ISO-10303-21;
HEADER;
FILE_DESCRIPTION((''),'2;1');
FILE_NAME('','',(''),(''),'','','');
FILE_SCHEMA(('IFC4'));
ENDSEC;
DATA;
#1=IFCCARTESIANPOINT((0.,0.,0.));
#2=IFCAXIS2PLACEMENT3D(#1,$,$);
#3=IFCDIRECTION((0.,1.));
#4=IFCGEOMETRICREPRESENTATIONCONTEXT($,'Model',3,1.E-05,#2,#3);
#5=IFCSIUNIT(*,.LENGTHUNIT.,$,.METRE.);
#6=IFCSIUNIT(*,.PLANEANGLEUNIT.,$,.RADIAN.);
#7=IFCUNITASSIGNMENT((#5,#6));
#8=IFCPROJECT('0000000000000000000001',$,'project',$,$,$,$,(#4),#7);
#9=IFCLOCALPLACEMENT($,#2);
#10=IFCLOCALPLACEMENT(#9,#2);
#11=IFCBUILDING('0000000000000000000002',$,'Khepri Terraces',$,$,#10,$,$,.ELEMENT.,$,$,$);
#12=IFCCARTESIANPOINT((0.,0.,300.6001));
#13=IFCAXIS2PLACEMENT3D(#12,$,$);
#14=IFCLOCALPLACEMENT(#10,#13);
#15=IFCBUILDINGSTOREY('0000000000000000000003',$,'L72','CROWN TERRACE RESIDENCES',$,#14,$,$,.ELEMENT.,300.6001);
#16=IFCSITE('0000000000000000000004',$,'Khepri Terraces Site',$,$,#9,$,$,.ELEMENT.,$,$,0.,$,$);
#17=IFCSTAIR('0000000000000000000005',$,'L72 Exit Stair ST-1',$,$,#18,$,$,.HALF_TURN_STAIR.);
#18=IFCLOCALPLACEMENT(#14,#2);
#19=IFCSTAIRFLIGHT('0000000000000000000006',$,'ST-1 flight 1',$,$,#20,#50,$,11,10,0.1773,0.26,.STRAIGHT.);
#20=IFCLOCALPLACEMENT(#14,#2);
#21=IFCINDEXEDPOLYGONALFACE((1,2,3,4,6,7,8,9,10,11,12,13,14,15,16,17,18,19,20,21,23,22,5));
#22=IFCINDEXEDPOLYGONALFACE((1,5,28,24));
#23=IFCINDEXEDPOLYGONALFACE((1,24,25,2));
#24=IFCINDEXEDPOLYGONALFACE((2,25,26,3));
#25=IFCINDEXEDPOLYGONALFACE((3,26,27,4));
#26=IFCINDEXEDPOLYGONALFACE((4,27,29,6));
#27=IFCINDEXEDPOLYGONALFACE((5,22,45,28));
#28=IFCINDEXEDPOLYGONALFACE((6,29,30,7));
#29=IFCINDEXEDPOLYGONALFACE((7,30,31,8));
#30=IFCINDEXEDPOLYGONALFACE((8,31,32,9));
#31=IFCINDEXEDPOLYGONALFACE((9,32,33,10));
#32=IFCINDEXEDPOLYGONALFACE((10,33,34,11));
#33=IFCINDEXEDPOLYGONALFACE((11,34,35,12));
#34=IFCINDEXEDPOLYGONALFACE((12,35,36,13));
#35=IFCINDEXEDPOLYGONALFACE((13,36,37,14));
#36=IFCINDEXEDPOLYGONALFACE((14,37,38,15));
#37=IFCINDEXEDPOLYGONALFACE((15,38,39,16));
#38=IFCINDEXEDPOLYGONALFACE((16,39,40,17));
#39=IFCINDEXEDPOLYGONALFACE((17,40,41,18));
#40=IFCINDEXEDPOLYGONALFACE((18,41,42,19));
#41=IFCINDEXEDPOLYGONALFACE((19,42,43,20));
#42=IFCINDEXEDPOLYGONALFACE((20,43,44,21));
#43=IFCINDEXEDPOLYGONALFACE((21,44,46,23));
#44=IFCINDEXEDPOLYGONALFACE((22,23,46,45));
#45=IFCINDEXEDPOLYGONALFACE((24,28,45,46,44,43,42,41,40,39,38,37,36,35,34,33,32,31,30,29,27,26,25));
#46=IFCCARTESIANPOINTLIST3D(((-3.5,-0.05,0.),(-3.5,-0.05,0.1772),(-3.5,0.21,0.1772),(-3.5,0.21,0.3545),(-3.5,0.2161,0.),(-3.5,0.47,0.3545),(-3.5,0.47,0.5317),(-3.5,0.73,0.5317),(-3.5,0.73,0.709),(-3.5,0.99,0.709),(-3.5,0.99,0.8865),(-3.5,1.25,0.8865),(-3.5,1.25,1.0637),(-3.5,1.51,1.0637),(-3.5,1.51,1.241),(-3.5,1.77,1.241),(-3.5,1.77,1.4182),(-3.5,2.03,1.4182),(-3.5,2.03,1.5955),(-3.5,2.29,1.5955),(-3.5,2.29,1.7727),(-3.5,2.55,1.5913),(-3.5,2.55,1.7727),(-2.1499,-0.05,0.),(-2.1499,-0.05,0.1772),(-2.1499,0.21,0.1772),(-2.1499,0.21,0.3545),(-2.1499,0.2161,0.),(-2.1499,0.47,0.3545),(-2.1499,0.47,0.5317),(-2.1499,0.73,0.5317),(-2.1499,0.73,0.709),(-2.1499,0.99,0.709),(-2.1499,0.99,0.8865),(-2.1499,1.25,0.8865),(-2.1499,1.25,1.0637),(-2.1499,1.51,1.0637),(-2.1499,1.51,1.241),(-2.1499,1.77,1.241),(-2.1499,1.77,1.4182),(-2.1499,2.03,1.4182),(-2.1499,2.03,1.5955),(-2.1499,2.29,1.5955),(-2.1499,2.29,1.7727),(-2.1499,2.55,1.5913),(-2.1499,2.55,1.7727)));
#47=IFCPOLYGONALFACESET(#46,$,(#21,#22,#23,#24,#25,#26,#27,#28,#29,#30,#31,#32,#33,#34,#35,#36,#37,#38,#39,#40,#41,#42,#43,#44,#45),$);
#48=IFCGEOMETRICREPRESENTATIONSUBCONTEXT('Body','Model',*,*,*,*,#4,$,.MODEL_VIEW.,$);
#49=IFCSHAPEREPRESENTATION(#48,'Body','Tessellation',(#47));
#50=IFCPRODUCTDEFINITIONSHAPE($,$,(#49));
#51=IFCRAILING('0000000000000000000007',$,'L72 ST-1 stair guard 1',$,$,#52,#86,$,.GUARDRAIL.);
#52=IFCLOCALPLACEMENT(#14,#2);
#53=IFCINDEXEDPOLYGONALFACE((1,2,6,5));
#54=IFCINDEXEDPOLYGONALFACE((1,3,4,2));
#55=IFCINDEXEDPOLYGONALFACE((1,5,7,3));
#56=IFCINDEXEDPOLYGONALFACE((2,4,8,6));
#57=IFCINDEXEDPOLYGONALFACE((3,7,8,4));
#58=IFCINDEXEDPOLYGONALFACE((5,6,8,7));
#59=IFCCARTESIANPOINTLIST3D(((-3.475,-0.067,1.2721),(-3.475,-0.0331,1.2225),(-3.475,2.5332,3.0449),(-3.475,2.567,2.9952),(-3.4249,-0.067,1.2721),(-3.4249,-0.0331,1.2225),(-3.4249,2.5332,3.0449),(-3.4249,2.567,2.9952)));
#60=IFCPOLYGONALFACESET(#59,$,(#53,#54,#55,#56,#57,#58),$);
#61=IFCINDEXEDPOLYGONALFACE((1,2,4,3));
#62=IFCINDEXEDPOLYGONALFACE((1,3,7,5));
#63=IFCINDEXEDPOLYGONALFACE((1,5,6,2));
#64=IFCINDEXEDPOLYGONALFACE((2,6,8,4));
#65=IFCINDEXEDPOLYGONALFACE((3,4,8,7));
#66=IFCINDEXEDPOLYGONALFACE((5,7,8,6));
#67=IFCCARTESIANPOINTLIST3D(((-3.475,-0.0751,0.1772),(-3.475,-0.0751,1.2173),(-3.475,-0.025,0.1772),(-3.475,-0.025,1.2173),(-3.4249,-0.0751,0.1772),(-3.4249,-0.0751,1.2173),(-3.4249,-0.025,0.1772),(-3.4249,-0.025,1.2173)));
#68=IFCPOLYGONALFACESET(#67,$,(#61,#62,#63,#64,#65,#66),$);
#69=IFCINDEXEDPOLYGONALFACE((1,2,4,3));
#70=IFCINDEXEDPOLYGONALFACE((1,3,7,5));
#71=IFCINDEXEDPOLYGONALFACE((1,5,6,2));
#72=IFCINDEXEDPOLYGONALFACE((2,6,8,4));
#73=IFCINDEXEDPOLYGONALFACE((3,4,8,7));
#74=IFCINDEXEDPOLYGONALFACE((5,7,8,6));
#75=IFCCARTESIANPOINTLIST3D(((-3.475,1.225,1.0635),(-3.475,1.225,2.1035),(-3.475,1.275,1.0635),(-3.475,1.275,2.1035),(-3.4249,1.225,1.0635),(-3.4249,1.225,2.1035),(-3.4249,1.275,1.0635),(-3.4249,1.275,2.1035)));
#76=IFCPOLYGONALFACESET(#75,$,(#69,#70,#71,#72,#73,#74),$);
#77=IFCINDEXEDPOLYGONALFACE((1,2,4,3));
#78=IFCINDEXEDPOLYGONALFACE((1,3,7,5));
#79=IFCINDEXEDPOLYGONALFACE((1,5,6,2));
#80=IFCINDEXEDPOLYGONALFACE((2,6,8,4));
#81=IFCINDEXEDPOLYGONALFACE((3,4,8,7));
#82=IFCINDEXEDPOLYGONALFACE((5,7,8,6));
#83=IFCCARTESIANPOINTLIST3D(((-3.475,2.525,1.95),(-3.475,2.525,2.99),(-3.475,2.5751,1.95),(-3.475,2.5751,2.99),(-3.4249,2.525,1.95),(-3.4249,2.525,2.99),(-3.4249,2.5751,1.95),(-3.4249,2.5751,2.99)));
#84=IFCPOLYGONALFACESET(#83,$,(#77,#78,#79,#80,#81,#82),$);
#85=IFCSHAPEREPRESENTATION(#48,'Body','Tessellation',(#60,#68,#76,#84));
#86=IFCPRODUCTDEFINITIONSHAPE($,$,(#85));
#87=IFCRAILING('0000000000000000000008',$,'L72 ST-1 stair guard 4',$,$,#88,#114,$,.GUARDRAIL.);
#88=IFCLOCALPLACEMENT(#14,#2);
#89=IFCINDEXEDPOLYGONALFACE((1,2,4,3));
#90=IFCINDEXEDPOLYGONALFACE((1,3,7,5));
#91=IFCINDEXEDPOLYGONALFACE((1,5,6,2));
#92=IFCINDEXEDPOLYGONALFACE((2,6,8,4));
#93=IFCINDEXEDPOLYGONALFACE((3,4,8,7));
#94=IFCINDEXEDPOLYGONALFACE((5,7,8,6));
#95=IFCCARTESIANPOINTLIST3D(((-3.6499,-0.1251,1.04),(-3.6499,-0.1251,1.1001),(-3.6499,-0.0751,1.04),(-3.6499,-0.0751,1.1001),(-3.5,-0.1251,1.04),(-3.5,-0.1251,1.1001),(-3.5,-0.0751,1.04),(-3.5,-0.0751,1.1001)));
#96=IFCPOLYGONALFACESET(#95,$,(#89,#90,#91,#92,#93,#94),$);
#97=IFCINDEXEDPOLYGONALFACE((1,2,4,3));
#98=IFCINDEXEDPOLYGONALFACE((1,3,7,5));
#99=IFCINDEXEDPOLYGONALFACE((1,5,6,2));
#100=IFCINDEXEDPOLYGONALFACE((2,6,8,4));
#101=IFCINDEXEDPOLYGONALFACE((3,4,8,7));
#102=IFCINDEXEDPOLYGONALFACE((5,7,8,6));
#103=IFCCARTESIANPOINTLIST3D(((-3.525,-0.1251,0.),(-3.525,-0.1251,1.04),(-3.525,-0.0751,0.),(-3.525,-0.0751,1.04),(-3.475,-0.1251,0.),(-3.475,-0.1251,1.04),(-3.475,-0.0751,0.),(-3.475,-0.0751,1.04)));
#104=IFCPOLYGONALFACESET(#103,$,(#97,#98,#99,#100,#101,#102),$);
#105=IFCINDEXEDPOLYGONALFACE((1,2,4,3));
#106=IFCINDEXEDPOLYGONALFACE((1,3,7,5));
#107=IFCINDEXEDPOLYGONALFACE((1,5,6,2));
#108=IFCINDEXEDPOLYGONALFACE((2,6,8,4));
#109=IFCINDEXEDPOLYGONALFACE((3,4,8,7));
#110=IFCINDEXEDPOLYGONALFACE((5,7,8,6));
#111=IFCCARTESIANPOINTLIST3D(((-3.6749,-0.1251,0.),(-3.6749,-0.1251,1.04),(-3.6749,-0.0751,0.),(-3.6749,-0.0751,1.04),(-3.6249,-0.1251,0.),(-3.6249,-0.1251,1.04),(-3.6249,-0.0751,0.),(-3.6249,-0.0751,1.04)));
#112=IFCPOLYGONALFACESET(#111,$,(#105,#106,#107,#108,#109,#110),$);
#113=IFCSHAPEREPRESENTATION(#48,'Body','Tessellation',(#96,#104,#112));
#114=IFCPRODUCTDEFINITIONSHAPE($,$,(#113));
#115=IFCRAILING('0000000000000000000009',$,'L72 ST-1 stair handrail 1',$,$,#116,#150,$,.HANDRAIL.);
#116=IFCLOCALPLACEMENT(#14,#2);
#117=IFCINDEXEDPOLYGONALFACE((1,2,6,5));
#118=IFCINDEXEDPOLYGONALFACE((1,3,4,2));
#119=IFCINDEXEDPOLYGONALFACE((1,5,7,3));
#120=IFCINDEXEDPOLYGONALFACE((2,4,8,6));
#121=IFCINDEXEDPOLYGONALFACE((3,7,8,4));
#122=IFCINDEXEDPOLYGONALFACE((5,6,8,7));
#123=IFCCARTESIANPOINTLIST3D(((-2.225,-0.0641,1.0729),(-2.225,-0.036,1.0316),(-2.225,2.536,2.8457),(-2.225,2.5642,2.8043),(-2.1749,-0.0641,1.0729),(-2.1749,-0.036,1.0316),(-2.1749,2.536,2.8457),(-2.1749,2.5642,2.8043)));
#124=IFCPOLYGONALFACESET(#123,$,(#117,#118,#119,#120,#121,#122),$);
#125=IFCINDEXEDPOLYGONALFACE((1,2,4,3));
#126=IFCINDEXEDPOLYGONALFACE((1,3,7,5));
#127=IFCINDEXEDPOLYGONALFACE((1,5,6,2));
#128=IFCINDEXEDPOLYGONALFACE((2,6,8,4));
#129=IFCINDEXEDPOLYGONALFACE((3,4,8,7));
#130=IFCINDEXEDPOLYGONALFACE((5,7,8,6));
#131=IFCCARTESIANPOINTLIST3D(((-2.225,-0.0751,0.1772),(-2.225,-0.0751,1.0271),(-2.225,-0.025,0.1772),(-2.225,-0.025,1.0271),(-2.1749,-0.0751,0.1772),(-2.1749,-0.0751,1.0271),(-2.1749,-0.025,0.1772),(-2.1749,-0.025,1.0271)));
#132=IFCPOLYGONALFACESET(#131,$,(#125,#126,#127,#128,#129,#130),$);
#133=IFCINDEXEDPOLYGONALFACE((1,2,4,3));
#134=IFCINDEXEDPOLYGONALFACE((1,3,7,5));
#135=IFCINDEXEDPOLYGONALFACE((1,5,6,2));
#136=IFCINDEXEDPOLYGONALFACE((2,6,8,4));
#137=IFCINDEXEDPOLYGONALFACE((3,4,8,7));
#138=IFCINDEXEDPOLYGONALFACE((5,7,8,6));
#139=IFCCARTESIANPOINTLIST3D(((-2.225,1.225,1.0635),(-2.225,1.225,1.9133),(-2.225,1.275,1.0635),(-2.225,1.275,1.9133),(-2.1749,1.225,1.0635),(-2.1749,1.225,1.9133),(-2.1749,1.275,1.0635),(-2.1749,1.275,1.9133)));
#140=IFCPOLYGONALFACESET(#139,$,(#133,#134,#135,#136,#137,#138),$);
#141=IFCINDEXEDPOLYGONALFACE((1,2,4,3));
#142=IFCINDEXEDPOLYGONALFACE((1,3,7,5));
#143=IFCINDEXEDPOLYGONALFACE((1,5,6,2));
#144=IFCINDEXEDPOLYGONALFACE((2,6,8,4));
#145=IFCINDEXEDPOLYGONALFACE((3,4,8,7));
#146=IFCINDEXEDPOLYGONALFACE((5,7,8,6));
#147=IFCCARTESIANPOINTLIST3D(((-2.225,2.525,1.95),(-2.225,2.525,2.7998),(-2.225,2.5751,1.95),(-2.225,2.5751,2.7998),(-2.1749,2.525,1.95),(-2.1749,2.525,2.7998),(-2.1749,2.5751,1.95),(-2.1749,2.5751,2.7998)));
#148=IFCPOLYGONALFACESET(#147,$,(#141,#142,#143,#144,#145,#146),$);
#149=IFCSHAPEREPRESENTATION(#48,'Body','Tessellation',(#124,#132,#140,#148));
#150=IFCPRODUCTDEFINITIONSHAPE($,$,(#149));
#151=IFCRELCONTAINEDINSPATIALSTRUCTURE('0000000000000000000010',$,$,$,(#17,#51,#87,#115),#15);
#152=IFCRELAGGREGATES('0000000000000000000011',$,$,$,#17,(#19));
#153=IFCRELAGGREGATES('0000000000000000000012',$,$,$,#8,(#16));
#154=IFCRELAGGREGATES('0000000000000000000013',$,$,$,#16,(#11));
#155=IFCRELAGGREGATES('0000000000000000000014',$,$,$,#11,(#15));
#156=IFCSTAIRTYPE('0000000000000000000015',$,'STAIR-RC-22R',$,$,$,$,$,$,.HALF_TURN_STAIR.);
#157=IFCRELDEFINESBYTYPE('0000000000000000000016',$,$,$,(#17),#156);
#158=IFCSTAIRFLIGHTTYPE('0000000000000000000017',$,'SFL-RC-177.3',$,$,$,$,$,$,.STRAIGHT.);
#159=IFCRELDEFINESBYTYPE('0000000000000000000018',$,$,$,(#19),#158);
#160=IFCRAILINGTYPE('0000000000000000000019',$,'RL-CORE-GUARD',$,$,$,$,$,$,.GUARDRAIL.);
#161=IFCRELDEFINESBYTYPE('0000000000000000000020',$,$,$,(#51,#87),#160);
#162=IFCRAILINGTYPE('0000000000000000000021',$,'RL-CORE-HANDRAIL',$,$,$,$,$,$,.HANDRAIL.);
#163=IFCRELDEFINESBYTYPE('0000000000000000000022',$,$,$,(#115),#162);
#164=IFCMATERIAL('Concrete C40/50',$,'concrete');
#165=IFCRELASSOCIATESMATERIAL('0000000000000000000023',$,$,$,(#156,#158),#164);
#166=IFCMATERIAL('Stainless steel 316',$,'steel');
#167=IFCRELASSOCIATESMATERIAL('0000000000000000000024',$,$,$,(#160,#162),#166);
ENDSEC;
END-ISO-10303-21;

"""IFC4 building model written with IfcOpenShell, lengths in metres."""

from ifc_helpers import new_model, si_unit, direction, frame, origin, origin_2d, place, context, subcontext, project, spatial, polyline, rectangle, outline, extrude, material, type_object, element, aggregate, save


model = new_model("IFC4")

# Units and contexts
model_context = context("Model", 3, precision=1e-05, world=origin(), true_north=direction((0.0, 1.0)))
body_context = subcontext(model_context, "Body", "Model", "MODEL_VIEW")
ifc_project = project(units=[si_unit("LENGTHUNIT", "METRE"), si_unit("PLANEANGLEUNIT", "RADIAN")], contexts=[model_context])

# Site, building, storey
site_placement = place(None, origin())
site = spatial("IfcSite", under=ifc_project, at=site_placement, Name="Khepri Terraces Site", CompositionType="ELEMENT", RefElevation=0.0)
building_placement = place(site_placement, origin())
building = spatial("IfcBuilding", under=site, at=building_placement, Name="Khepri Terraces", CompositionType="ELEMENT")
storey_placement = place(building_placement, frame((0.0, 0.0, 300.6001)))
storey = spatial("IfcBuildingStorey", under=building, at=storey_placement, Name="L72", Description="CROWN TERRACE RESIDENCES", CompositionType="ELEMENT", Elevation=300.6001)

# Shared definitions
ifc_material_1 = material(Name="Concrete C40/50", Category="concrete")

# Stair, stair flight
stair_type = type_object("IfcStairType", Name="STAIR-RC-22R", PredefinedType="HALF_TURN_STAIR", material=ifc_material_1)
stair_placement = place(storey_placement, origin())
stair = element("IfcStair", 1, at=stair_placement, inside=storey, type_object=stair_type, Name="L72 Exit Stair ST-1", PredefinedType="HALF_TURN_STAIR")
stair_flight_type = type_object("IfcStairFlightType", Name="SFL-RC-177.3", PredefinedType="STRAIGHT", material=ifc_material_1)
stair_flight_placement = place(storey_placement, frame((-2.825, -0.05, 0.0), z_axis=(0.0, 0.0, 1.0), x_axis=(0.0, 1.0, 0.0)))
stair_flight = element("IfcStairFlight", 2, at=stair_flight_placement, type_object=stair_flight_type, Name="ST-1 flight 1", NumberOfRisers=11, NumberOfTreads=10, PredefinedType="STRAIGHT", RiserHeight=0.1773, TreadLength=0.26, context=body_context, shape_type="SweptSolid", body=[
    extrude(outline(polyline([(0.0, 0.0), (0.0, 0.1772), (0.26, 0.1772), (0.26, 0.3545), (0.52, 0.3545), (0.52, 0.5317), (0.78, 0.5317), (0.78, 0.709), (1.04, 0.709), (1.04, 0.8865), (1.3, 0.8865), (1.3, 1.0637), (1.5601, 1.0637), (1.5601, 1.241), (1.8201, 1.241), (1.8201, 1.4182), (2.0801, 1.4182), (2.0801, 1.5955), (2.3401, 1.5955), (2.3401, 1.7727), (2.6001, 1.7727), (2.6001, 1.95), (2.6001, 1.5913), (0.2661, 0.0), (0.0, 0.0)])), frame((0.0, 0.675, 0.0), z_axis=(0.0, -1.0, 0.0), x_axis=(1.0, 0.0, 0.0)), (0.0, 0.0, 1.0), 1.3501),
])
aggregate(stair, [stair_flight])

# Railings
ifc_material_2 = material(Name="Stainless steel 316", Category="steel")
railing_type_1 = type_object("IfcRailingType", Name="RL-CORE-GUARD", PredefinedType="GUARDRAIL", material=ifc_material_2)
railing_1_placement = place(storey_placement, frame((-3.45, -0.05, 0.1772)))
element("IfcRailing", 3, at=railing_1_placement, inside=storey, type_object=railing_type_1, Name="L72 ST-1 stair guard 1", PredefinedType="GUARDRAIL", context=body_context, shape_type="SweptSolid", body=[
    extrude(rectangle(XDim=0.05, YDim=0.0601, at=origin_2d()), frame((0.0, 0.0, 1.0701), z_axis=(0.0, 0.82624, 0.563318), x_axis=(-1.0, 0.0, 0.0)), (0.0, 0.0, 1.0), 3.147),
    extrude(rectangle(XDim=0.05, YDim=0.05, at=origin_2d()), origin(), (0.0, 0.0, 1.0), 1.04),
    extrude(rectangle(XDim=0.05, YDim=0.05, at=origin_2d()), frame((0.0, 1.3, 0.8862)), (0.0, 0.0, 1.0), 1.04),
    extrude(rectangle(XDim=0.05, YDim=0.05, at=origin_2d()), frame((0.0, 2.6001, 1.7727)), (0.0, 0.0, 1.0), 1.04),
])
railing_2_placement = place(storey_placement, frame((-3.5, -0.1001, 0.0)))
element("IfcRailing", 4, at=railing_2_placement, inside=storey, type_object=railing_type_1, Name="L72 ST-1 stair guard 4", PredefinedType="GUARDRAIL", context=body_context, shape_type="SweptSolid", body=[
    extrude(rectangle(XDim=0.05, YDim=0.0601, at=origin_2d()), frame((0.0, 0.0, 1.0701), z_axis=(-1.0, 0.0, 0.0), x_axis=(0.0, -1.0, 0.0)), (0.0, 0.0, 1.0), 0.1499),
    extrude(rectangle(XDim=0.05, YDim=0.05, at=origin_2d()), origin(), (0.0, 0.0, 1.0), 1.04),
    extrude(rectangle(XDim=0.05, YDim=0.05, at=origin_2d()), frame((-0.1499, 0.0, 0.0)), (0.0, 0.0, 1.0), 1.04),
])
railing_type_2 = type_object("IfcRailingType", Name="RL-CORE-HANDRAIL", PredefinedType="HANDRAIL", material=ifc_material_2)
railing_3_placement = place(storey_placement, frame((-2.2, -0.05, 0.1772)))
element("IfcRailing", 5, at=railing_3_placement, inside=storey, type_object=railing_type_2, Name="L72 ST-1 stair handrail 1", PredefinedType="HANDRAIL", context=body_context, shape_type="SweptSolid", body=[
    extrude(rectangle(XDim=0.05, YDim=0.05, at=origin_2d()), frame((0.0, 0.0, 0.875), z_axis=(0.0, 0.82624, 0.563318), x_axis=(-1.0, 0.0, 0.0)), (0.0, 0.0, 1.0), 3.147),
    extrude(rectangle(XDim=0.05, YDim=0.05, at=origin_2d()), origin(), (0.0, 0.0, 1.0), 0.8499),
    extrude(rectangle(XDim=0.05, YDim=0.05, at=origin_2d()), frame((0.0, 1.3, 0.8862)), (0.0, 0.0, 1.0), 0.8499),
    extrude(rectangle(XDim=0.05, YDim=0.05, at=origin_2d()), frame((0.0, 2.6001, 1.7727)), (0.0, 0.0, 1.0), 0.8499),
])

save(model, "model.ifc")
